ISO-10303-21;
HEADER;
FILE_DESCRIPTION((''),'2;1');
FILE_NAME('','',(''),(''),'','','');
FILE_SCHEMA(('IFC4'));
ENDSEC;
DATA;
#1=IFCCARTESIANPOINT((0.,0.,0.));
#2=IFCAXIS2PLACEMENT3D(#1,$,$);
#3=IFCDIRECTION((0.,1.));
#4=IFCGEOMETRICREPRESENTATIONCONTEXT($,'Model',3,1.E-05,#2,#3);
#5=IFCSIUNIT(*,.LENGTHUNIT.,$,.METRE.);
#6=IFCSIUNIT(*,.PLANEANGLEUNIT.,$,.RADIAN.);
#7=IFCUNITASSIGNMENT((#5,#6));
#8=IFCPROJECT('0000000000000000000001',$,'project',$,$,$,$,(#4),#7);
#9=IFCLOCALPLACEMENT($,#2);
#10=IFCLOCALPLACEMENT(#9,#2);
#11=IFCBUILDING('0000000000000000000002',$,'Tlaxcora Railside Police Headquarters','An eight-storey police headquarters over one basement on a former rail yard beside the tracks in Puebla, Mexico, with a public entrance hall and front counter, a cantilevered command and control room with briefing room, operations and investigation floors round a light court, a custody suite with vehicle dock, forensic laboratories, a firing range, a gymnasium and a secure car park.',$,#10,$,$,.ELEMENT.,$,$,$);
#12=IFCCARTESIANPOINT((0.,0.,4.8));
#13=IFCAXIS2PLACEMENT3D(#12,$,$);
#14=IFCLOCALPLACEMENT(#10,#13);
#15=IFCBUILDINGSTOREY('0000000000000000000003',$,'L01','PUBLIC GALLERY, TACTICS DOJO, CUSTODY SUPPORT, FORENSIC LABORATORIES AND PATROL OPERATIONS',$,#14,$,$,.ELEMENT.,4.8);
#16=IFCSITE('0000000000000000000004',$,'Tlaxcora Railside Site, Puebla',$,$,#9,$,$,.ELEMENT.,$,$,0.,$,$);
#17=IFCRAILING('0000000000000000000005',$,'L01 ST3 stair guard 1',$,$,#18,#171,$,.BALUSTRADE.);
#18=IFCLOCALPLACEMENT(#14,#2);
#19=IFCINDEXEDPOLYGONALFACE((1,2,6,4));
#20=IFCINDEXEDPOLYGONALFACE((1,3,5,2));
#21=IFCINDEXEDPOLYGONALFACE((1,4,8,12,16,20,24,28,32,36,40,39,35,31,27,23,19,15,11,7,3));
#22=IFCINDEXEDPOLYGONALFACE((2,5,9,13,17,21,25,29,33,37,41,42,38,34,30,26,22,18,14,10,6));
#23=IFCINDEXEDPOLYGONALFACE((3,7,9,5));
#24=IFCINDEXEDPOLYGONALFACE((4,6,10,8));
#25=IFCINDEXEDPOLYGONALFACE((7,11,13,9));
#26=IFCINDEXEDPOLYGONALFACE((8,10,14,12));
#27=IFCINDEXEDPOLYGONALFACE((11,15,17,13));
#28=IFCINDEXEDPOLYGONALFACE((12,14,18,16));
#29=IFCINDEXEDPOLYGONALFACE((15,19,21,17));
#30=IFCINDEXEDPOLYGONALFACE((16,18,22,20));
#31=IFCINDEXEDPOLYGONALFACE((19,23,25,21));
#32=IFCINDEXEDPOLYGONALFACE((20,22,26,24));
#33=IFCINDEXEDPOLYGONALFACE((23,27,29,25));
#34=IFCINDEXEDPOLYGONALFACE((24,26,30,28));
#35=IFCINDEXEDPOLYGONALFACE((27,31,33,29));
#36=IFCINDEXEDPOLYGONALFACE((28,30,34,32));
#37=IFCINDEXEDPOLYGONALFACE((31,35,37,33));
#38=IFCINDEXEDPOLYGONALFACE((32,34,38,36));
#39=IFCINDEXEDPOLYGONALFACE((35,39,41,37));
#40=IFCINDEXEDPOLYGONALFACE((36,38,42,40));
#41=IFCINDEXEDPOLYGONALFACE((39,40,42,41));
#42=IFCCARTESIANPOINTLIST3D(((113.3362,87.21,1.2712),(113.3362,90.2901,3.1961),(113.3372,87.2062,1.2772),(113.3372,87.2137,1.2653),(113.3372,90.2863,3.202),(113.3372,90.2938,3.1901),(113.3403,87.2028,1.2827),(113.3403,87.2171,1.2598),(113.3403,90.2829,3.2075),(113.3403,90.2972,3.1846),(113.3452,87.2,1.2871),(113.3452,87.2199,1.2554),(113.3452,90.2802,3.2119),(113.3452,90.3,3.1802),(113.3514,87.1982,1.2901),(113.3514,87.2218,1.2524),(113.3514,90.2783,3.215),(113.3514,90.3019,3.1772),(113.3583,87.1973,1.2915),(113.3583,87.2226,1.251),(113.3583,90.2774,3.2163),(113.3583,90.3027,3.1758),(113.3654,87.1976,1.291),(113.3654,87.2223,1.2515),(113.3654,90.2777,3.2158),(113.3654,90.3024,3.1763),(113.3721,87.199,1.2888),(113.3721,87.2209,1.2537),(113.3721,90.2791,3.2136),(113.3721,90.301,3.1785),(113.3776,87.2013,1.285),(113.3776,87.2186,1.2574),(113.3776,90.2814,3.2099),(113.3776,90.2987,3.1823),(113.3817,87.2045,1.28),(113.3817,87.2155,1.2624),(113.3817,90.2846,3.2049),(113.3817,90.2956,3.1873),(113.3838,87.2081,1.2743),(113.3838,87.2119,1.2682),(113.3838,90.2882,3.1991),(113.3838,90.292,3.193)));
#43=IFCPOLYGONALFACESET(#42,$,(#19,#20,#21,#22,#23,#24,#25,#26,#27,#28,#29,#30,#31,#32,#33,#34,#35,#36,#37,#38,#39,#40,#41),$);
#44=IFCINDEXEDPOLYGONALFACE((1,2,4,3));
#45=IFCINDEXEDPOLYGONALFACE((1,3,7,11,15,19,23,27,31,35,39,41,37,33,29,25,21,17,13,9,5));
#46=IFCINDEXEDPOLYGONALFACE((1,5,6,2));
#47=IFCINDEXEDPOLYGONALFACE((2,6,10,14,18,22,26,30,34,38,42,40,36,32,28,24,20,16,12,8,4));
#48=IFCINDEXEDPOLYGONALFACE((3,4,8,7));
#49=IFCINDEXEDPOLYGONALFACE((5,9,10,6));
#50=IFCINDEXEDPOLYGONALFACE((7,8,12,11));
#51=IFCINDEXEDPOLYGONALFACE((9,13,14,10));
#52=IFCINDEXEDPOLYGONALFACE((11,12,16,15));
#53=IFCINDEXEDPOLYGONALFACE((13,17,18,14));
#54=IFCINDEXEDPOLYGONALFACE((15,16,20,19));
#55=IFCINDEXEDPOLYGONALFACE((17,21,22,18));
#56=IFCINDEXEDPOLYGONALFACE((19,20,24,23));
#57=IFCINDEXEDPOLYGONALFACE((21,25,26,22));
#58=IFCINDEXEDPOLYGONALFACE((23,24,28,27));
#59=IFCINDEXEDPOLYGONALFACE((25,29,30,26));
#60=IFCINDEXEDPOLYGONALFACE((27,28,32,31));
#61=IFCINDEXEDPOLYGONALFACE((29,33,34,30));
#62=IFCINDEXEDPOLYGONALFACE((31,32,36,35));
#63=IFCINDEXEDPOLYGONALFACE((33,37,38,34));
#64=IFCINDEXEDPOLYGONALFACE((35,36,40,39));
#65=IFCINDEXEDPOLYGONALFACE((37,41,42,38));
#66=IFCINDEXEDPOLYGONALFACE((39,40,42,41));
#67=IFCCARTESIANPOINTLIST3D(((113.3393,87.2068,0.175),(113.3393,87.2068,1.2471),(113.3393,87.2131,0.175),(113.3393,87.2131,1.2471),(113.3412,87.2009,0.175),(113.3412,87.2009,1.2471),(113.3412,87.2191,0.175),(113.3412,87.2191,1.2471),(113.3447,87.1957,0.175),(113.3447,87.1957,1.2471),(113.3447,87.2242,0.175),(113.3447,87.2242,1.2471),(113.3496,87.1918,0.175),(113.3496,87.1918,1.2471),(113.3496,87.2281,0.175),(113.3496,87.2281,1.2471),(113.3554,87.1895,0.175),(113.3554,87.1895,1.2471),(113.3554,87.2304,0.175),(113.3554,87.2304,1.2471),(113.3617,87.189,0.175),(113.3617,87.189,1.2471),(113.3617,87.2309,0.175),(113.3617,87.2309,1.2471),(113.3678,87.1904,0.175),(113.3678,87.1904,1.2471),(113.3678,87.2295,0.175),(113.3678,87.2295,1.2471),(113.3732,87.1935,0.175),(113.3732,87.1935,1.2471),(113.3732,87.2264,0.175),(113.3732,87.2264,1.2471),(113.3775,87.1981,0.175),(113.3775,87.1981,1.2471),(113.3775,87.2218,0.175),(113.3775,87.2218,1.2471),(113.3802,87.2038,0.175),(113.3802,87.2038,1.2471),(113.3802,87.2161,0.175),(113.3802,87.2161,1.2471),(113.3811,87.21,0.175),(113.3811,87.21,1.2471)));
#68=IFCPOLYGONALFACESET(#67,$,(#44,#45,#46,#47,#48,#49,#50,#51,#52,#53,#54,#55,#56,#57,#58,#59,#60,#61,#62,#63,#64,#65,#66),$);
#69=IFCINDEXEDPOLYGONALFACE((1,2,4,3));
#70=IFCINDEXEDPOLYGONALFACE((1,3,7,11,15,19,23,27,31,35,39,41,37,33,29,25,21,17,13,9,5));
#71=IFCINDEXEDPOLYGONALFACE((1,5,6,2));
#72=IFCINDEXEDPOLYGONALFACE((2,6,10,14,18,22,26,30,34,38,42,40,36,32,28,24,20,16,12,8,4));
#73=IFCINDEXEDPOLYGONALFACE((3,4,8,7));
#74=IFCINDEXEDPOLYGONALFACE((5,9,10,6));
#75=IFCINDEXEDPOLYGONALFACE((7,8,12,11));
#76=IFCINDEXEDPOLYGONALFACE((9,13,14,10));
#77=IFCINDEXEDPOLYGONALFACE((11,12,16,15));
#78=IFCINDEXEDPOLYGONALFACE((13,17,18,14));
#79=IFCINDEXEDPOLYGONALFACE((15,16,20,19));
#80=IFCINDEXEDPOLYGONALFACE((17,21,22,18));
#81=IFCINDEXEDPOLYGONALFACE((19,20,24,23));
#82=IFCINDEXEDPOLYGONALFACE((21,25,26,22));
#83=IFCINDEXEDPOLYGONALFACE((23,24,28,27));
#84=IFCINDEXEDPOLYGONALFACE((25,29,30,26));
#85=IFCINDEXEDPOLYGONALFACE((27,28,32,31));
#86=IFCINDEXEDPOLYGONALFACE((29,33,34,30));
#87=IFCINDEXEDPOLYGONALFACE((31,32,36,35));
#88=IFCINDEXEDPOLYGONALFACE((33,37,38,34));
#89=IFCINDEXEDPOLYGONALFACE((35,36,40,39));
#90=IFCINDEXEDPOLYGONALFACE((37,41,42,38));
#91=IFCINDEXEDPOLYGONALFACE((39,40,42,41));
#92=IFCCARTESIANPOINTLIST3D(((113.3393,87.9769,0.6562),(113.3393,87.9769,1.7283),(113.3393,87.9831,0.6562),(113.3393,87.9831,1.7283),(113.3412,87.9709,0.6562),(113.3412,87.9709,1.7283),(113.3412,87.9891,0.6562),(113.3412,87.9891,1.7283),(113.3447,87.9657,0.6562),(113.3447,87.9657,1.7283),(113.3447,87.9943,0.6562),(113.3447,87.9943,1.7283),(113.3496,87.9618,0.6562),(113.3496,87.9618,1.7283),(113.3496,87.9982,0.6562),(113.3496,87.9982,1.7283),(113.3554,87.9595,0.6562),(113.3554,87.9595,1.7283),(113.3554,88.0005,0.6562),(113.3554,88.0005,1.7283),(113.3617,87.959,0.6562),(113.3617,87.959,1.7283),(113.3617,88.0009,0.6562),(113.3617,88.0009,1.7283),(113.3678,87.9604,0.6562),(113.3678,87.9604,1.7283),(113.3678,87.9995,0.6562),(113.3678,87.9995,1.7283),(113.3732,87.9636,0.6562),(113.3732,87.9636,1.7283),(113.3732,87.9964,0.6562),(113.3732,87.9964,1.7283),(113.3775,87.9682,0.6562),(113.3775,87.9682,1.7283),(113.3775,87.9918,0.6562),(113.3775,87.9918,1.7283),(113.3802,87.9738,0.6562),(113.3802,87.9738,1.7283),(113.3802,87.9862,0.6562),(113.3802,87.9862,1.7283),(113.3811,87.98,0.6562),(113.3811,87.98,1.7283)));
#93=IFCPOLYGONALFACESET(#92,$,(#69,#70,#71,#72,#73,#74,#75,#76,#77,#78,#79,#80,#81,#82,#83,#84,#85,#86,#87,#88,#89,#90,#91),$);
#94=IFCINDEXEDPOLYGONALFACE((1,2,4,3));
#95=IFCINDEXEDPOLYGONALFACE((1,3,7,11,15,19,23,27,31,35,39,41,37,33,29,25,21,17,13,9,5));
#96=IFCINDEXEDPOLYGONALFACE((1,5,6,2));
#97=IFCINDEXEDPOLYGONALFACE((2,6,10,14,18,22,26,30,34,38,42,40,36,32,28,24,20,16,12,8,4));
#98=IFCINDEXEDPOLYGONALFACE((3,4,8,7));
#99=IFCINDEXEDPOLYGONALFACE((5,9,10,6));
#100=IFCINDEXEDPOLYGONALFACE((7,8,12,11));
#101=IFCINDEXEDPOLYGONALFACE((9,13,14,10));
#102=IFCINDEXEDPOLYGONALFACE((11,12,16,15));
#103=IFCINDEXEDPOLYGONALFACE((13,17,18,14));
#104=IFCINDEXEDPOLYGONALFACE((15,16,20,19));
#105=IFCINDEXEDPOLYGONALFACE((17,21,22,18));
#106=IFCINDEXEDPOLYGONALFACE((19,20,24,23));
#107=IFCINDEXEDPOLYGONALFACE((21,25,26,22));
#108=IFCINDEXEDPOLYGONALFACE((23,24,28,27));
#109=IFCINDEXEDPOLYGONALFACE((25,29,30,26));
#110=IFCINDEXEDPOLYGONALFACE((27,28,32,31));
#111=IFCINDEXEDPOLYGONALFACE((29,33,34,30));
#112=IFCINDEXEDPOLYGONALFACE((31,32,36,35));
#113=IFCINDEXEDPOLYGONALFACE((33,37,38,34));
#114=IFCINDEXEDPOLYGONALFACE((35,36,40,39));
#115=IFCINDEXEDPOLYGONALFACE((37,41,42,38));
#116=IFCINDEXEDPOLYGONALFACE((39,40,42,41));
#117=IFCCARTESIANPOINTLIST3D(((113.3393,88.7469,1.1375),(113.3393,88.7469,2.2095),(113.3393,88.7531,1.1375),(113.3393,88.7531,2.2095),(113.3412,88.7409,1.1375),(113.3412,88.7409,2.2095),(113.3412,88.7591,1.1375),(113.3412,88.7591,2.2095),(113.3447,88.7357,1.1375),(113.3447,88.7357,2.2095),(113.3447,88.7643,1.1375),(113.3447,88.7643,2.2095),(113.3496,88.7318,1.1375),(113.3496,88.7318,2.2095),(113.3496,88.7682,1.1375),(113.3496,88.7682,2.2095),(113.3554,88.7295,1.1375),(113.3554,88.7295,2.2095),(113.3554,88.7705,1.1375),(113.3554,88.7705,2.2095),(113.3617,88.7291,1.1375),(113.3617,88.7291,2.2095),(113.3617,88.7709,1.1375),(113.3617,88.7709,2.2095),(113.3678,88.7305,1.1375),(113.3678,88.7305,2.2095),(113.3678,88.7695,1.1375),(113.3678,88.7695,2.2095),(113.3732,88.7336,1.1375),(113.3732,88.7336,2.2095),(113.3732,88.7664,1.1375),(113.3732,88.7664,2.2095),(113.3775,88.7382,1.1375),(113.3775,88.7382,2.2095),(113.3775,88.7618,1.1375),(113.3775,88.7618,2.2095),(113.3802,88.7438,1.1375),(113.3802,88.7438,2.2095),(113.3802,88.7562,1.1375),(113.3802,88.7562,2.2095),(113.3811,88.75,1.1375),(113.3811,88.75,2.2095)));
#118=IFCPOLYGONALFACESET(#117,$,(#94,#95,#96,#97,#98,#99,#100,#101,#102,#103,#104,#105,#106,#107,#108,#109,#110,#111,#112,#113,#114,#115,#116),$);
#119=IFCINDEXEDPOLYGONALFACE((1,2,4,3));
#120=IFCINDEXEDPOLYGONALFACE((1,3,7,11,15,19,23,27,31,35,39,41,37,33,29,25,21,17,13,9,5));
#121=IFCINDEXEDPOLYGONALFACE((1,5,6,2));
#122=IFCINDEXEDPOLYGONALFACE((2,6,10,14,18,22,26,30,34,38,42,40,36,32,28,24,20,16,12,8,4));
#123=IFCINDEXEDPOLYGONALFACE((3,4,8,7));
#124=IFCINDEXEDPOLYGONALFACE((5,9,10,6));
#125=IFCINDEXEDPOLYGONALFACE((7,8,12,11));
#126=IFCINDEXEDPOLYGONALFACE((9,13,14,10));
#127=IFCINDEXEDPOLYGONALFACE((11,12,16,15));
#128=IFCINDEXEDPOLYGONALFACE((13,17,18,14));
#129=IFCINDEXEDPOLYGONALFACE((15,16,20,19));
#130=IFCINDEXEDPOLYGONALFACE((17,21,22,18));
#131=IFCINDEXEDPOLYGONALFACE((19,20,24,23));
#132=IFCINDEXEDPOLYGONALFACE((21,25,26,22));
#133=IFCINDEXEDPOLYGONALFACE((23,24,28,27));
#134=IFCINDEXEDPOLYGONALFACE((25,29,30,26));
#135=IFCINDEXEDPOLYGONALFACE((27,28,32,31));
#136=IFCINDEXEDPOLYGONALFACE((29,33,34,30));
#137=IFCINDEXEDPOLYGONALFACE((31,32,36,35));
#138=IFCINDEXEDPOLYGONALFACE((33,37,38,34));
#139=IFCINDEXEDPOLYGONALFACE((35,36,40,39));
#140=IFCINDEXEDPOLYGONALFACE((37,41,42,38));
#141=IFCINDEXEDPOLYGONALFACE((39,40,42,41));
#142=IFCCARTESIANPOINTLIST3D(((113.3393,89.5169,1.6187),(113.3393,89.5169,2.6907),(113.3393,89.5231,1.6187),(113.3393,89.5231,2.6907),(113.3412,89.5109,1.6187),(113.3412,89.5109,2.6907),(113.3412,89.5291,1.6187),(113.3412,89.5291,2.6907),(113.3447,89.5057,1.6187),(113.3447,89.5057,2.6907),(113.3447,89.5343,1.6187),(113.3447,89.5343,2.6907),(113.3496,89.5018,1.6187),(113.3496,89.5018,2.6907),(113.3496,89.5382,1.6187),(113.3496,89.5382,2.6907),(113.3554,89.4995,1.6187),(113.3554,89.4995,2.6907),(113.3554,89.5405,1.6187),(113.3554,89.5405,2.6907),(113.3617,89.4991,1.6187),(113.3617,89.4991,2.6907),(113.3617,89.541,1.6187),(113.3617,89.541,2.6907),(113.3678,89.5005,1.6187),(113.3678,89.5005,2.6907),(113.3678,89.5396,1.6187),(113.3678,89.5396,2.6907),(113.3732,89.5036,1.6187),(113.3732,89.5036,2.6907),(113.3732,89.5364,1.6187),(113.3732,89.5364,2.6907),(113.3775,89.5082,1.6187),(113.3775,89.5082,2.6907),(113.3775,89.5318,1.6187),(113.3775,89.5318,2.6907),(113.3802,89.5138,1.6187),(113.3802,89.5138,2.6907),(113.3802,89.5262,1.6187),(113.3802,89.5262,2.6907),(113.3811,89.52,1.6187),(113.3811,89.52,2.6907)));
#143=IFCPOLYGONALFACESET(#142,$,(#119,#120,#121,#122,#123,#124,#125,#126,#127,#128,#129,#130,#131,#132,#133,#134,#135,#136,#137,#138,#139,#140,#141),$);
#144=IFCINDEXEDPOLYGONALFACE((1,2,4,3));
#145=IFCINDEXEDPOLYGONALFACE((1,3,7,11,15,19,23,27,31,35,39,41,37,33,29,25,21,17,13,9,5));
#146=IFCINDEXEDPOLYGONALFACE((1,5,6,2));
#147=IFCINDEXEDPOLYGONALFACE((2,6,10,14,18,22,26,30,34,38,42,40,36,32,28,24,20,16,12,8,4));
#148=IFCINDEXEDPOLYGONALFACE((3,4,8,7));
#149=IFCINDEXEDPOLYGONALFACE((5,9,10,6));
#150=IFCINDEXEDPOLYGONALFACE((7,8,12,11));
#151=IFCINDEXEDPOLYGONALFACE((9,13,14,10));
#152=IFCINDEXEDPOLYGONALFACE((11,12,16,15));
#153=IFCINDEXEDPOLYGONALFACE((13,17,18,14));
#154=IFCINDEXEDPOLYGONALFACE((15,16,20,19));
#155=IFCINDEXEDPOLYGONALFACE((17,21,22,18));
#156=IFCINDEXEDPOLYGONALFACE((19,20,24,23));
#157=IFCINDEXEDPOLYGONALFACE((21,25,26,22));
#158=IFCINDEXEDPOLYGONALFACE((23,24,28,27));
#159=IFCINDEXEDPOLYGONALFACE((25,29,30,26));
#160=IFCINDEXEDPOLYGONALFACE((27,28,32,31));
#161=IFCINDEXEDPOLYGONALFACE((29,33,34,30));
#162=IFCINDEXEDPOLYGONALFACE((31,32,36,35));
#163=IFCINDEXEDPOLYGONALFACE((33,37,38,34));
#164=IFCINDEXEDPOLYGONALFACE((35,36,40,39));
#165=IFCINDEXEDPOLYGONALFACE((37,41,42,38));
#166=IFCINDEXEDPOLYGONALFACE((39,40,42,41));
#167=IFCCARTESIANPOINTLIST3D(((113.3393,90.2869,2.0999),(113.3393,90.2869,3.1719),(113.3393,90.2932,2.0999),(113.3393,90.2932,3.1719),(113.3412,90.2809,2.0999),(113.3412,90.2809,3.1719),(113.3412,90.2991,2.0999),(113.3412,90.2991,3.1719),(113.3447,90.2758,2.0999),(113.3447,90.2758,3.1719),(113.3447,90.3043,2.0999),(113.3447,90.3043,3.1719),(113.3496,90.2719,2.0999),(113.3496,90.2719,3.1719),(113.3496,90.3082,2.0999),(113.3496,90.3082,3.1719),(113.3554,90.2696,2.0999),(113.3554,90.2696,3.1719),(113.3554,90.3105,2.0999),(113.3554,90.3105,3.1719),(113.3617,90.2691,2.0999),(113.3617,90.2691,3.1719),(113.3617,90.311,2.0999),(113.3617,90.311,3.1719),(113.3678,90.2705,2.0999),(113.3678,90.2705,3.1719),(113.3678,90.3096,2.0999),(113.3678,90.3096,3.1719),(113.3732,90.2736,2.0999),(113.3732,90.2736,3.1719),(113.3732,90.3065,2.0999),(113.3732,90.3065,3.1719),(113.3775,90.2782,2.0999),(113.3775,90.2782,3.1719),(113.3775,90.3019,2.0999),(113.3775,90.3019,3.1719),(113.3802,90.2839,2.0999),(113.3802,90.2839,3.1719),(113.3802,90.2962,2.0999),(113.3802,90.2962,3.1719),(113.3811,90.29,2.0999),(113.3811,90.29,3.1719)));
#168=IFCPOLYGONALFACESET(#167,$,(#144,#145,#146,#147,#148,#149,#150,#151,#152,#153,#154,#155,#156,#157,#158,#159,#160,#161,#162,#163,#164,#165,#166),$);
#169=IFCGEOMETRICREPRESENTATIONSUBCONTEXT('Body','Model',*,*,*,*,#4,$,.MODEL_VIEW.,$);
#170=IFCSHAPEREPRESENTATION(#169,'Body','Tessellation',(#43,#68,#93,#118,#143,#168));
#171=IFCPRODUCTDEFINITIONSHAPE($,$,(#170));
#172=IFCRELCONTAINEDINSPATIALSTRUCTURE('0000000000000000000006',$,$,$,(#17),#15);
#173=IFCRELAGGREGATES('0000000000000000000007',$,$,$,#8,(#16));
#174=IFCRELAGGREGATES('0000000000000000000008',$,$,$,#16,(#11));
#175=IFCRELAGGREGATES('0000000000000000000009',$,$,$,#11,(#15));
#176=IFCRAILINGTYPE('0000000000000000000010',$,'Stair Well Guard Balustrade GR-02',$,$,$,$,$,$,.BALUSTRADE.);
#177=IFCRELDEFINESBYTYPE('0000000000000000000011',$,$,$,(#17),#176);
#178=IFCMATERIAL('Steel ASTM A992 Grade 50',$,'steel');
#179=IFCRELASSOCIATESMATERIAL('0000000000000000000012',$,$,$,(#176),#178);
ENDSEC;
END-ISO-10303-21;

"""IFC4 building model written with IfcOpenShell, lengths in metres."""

from ifc_helpers import new_model, si_unit, direction, frame, origin, origin_2d, place, context, subcontext, project, spatial, circle, extrude, material, type_object, element, save


model = new_model("IFC4")

# Units and contexts
model_context = context("Model", 3, precision=1e-05, world=origin(), true_north=direction((0.0, 1.0)))
body_context = subcontext(model_context, "Body", "Model", "MODEL_VIEW")
ifc_project = project(units=[si_unit("LENGTHUNIT", "METRE"), si_unit("PLANEANGLEUNIT", "RADIAN")], contexts=[model_context])

# Site, building, storey
site_placement = place(None, origin())
site = spatial("IfcSite", under=ifc_project, at=site_placement, Name="Tlaxcora Railside Site, Puebla", CompositionType="ELEMENT", RefElevation=0.0)
building_placement = place(site_placement, origin())
building = spatial("IfcBuilding", under=site, at=building_placement, Name="Tlaxcora Railside Police Headquarters", Description="An eight-storey police headquarters over one basement on a former rail yard beside the tracks in Puebla, Mexico, with a public entrance hall and front counter, a cantilevered command and control room with briefing room, operations and investigation floors round a light court, a custody suite with vehicle dock, forensic laboratories, a firing range, a gymnasium and a secure car park.", CompositionType="ELEMENT")
storey_placement = place(building_placement, frame((0.0, 0.0, 4.8)))
storey = spatial("IfcBuildingStorey", under=building, at=storey_placement, Name="L01", Description="PUBLIC GALLERY, TACTICS DOJO, CUSTODY SUPPORT, FORENSIC LABORATORIES AND PATROL OPERATIONS", CompositionType="ELEMENT", Elevation=4.8)

# Shared definitions
ifc_material_1 = material(Name="Steel ASTM A992 Grade 50", Category="steel")

# Railing
railing_type_1 = type_object("IfcRailingType", Name="Stair Well Guard Balustrade GR-02", PredefinedType="BALUSTRADE", material=ifc_material_1)
railing_1_placement = place(storey_placement, frame((113.3601, 87.21, 0.175)))
element("IfcRailing", 1, at=railing_1_placement, inside=storey, type_object=railing_type_1, Name="L01 ST3 stair guard 1", PredefinedType="BALUSTRADE", context=body_context, shape_type="SweptSolid", body=[
    extrude(circle(Radius=0.0239, at=origin_2d()), frame((0.0, 0.0, 1.0962), z_axis=(0.0, 0.848029, 0.529951), x_axis=(-1.0, 0.0, 0.0)), (0.0, 0.0, 1.0), 3.6321),
    extrude(circle(Radius=0.021, at=origin_2d()), origin(), (0.0, 0.0, 1.0), 1.072),
    extrude(circle(Radius=0.021, at=origin_2d()), frame((0.0, 0.77, 0.4812)), (0.0, 0.0, 1.0), 1.072),
    extrude(circle(Radius=0.021, at=origin_2d()), frame((0.0, 1.54, 0.9624)), (0.0, 0.0, 1.0), 1.072),
    extrude(circle(Radius=0.021, at=origin_2d()), frame((0.0, 2.3101, 1.4436)), (0.0, 0.0, 1.0), 1.072),
    extrude(circle(Radius=0.021, at=origin_2d()), frame((0.0, 3.0801, 1.9248)), (0.0, 0.0, 1.0), 1.072),
])

save(model, "model.ifc")
